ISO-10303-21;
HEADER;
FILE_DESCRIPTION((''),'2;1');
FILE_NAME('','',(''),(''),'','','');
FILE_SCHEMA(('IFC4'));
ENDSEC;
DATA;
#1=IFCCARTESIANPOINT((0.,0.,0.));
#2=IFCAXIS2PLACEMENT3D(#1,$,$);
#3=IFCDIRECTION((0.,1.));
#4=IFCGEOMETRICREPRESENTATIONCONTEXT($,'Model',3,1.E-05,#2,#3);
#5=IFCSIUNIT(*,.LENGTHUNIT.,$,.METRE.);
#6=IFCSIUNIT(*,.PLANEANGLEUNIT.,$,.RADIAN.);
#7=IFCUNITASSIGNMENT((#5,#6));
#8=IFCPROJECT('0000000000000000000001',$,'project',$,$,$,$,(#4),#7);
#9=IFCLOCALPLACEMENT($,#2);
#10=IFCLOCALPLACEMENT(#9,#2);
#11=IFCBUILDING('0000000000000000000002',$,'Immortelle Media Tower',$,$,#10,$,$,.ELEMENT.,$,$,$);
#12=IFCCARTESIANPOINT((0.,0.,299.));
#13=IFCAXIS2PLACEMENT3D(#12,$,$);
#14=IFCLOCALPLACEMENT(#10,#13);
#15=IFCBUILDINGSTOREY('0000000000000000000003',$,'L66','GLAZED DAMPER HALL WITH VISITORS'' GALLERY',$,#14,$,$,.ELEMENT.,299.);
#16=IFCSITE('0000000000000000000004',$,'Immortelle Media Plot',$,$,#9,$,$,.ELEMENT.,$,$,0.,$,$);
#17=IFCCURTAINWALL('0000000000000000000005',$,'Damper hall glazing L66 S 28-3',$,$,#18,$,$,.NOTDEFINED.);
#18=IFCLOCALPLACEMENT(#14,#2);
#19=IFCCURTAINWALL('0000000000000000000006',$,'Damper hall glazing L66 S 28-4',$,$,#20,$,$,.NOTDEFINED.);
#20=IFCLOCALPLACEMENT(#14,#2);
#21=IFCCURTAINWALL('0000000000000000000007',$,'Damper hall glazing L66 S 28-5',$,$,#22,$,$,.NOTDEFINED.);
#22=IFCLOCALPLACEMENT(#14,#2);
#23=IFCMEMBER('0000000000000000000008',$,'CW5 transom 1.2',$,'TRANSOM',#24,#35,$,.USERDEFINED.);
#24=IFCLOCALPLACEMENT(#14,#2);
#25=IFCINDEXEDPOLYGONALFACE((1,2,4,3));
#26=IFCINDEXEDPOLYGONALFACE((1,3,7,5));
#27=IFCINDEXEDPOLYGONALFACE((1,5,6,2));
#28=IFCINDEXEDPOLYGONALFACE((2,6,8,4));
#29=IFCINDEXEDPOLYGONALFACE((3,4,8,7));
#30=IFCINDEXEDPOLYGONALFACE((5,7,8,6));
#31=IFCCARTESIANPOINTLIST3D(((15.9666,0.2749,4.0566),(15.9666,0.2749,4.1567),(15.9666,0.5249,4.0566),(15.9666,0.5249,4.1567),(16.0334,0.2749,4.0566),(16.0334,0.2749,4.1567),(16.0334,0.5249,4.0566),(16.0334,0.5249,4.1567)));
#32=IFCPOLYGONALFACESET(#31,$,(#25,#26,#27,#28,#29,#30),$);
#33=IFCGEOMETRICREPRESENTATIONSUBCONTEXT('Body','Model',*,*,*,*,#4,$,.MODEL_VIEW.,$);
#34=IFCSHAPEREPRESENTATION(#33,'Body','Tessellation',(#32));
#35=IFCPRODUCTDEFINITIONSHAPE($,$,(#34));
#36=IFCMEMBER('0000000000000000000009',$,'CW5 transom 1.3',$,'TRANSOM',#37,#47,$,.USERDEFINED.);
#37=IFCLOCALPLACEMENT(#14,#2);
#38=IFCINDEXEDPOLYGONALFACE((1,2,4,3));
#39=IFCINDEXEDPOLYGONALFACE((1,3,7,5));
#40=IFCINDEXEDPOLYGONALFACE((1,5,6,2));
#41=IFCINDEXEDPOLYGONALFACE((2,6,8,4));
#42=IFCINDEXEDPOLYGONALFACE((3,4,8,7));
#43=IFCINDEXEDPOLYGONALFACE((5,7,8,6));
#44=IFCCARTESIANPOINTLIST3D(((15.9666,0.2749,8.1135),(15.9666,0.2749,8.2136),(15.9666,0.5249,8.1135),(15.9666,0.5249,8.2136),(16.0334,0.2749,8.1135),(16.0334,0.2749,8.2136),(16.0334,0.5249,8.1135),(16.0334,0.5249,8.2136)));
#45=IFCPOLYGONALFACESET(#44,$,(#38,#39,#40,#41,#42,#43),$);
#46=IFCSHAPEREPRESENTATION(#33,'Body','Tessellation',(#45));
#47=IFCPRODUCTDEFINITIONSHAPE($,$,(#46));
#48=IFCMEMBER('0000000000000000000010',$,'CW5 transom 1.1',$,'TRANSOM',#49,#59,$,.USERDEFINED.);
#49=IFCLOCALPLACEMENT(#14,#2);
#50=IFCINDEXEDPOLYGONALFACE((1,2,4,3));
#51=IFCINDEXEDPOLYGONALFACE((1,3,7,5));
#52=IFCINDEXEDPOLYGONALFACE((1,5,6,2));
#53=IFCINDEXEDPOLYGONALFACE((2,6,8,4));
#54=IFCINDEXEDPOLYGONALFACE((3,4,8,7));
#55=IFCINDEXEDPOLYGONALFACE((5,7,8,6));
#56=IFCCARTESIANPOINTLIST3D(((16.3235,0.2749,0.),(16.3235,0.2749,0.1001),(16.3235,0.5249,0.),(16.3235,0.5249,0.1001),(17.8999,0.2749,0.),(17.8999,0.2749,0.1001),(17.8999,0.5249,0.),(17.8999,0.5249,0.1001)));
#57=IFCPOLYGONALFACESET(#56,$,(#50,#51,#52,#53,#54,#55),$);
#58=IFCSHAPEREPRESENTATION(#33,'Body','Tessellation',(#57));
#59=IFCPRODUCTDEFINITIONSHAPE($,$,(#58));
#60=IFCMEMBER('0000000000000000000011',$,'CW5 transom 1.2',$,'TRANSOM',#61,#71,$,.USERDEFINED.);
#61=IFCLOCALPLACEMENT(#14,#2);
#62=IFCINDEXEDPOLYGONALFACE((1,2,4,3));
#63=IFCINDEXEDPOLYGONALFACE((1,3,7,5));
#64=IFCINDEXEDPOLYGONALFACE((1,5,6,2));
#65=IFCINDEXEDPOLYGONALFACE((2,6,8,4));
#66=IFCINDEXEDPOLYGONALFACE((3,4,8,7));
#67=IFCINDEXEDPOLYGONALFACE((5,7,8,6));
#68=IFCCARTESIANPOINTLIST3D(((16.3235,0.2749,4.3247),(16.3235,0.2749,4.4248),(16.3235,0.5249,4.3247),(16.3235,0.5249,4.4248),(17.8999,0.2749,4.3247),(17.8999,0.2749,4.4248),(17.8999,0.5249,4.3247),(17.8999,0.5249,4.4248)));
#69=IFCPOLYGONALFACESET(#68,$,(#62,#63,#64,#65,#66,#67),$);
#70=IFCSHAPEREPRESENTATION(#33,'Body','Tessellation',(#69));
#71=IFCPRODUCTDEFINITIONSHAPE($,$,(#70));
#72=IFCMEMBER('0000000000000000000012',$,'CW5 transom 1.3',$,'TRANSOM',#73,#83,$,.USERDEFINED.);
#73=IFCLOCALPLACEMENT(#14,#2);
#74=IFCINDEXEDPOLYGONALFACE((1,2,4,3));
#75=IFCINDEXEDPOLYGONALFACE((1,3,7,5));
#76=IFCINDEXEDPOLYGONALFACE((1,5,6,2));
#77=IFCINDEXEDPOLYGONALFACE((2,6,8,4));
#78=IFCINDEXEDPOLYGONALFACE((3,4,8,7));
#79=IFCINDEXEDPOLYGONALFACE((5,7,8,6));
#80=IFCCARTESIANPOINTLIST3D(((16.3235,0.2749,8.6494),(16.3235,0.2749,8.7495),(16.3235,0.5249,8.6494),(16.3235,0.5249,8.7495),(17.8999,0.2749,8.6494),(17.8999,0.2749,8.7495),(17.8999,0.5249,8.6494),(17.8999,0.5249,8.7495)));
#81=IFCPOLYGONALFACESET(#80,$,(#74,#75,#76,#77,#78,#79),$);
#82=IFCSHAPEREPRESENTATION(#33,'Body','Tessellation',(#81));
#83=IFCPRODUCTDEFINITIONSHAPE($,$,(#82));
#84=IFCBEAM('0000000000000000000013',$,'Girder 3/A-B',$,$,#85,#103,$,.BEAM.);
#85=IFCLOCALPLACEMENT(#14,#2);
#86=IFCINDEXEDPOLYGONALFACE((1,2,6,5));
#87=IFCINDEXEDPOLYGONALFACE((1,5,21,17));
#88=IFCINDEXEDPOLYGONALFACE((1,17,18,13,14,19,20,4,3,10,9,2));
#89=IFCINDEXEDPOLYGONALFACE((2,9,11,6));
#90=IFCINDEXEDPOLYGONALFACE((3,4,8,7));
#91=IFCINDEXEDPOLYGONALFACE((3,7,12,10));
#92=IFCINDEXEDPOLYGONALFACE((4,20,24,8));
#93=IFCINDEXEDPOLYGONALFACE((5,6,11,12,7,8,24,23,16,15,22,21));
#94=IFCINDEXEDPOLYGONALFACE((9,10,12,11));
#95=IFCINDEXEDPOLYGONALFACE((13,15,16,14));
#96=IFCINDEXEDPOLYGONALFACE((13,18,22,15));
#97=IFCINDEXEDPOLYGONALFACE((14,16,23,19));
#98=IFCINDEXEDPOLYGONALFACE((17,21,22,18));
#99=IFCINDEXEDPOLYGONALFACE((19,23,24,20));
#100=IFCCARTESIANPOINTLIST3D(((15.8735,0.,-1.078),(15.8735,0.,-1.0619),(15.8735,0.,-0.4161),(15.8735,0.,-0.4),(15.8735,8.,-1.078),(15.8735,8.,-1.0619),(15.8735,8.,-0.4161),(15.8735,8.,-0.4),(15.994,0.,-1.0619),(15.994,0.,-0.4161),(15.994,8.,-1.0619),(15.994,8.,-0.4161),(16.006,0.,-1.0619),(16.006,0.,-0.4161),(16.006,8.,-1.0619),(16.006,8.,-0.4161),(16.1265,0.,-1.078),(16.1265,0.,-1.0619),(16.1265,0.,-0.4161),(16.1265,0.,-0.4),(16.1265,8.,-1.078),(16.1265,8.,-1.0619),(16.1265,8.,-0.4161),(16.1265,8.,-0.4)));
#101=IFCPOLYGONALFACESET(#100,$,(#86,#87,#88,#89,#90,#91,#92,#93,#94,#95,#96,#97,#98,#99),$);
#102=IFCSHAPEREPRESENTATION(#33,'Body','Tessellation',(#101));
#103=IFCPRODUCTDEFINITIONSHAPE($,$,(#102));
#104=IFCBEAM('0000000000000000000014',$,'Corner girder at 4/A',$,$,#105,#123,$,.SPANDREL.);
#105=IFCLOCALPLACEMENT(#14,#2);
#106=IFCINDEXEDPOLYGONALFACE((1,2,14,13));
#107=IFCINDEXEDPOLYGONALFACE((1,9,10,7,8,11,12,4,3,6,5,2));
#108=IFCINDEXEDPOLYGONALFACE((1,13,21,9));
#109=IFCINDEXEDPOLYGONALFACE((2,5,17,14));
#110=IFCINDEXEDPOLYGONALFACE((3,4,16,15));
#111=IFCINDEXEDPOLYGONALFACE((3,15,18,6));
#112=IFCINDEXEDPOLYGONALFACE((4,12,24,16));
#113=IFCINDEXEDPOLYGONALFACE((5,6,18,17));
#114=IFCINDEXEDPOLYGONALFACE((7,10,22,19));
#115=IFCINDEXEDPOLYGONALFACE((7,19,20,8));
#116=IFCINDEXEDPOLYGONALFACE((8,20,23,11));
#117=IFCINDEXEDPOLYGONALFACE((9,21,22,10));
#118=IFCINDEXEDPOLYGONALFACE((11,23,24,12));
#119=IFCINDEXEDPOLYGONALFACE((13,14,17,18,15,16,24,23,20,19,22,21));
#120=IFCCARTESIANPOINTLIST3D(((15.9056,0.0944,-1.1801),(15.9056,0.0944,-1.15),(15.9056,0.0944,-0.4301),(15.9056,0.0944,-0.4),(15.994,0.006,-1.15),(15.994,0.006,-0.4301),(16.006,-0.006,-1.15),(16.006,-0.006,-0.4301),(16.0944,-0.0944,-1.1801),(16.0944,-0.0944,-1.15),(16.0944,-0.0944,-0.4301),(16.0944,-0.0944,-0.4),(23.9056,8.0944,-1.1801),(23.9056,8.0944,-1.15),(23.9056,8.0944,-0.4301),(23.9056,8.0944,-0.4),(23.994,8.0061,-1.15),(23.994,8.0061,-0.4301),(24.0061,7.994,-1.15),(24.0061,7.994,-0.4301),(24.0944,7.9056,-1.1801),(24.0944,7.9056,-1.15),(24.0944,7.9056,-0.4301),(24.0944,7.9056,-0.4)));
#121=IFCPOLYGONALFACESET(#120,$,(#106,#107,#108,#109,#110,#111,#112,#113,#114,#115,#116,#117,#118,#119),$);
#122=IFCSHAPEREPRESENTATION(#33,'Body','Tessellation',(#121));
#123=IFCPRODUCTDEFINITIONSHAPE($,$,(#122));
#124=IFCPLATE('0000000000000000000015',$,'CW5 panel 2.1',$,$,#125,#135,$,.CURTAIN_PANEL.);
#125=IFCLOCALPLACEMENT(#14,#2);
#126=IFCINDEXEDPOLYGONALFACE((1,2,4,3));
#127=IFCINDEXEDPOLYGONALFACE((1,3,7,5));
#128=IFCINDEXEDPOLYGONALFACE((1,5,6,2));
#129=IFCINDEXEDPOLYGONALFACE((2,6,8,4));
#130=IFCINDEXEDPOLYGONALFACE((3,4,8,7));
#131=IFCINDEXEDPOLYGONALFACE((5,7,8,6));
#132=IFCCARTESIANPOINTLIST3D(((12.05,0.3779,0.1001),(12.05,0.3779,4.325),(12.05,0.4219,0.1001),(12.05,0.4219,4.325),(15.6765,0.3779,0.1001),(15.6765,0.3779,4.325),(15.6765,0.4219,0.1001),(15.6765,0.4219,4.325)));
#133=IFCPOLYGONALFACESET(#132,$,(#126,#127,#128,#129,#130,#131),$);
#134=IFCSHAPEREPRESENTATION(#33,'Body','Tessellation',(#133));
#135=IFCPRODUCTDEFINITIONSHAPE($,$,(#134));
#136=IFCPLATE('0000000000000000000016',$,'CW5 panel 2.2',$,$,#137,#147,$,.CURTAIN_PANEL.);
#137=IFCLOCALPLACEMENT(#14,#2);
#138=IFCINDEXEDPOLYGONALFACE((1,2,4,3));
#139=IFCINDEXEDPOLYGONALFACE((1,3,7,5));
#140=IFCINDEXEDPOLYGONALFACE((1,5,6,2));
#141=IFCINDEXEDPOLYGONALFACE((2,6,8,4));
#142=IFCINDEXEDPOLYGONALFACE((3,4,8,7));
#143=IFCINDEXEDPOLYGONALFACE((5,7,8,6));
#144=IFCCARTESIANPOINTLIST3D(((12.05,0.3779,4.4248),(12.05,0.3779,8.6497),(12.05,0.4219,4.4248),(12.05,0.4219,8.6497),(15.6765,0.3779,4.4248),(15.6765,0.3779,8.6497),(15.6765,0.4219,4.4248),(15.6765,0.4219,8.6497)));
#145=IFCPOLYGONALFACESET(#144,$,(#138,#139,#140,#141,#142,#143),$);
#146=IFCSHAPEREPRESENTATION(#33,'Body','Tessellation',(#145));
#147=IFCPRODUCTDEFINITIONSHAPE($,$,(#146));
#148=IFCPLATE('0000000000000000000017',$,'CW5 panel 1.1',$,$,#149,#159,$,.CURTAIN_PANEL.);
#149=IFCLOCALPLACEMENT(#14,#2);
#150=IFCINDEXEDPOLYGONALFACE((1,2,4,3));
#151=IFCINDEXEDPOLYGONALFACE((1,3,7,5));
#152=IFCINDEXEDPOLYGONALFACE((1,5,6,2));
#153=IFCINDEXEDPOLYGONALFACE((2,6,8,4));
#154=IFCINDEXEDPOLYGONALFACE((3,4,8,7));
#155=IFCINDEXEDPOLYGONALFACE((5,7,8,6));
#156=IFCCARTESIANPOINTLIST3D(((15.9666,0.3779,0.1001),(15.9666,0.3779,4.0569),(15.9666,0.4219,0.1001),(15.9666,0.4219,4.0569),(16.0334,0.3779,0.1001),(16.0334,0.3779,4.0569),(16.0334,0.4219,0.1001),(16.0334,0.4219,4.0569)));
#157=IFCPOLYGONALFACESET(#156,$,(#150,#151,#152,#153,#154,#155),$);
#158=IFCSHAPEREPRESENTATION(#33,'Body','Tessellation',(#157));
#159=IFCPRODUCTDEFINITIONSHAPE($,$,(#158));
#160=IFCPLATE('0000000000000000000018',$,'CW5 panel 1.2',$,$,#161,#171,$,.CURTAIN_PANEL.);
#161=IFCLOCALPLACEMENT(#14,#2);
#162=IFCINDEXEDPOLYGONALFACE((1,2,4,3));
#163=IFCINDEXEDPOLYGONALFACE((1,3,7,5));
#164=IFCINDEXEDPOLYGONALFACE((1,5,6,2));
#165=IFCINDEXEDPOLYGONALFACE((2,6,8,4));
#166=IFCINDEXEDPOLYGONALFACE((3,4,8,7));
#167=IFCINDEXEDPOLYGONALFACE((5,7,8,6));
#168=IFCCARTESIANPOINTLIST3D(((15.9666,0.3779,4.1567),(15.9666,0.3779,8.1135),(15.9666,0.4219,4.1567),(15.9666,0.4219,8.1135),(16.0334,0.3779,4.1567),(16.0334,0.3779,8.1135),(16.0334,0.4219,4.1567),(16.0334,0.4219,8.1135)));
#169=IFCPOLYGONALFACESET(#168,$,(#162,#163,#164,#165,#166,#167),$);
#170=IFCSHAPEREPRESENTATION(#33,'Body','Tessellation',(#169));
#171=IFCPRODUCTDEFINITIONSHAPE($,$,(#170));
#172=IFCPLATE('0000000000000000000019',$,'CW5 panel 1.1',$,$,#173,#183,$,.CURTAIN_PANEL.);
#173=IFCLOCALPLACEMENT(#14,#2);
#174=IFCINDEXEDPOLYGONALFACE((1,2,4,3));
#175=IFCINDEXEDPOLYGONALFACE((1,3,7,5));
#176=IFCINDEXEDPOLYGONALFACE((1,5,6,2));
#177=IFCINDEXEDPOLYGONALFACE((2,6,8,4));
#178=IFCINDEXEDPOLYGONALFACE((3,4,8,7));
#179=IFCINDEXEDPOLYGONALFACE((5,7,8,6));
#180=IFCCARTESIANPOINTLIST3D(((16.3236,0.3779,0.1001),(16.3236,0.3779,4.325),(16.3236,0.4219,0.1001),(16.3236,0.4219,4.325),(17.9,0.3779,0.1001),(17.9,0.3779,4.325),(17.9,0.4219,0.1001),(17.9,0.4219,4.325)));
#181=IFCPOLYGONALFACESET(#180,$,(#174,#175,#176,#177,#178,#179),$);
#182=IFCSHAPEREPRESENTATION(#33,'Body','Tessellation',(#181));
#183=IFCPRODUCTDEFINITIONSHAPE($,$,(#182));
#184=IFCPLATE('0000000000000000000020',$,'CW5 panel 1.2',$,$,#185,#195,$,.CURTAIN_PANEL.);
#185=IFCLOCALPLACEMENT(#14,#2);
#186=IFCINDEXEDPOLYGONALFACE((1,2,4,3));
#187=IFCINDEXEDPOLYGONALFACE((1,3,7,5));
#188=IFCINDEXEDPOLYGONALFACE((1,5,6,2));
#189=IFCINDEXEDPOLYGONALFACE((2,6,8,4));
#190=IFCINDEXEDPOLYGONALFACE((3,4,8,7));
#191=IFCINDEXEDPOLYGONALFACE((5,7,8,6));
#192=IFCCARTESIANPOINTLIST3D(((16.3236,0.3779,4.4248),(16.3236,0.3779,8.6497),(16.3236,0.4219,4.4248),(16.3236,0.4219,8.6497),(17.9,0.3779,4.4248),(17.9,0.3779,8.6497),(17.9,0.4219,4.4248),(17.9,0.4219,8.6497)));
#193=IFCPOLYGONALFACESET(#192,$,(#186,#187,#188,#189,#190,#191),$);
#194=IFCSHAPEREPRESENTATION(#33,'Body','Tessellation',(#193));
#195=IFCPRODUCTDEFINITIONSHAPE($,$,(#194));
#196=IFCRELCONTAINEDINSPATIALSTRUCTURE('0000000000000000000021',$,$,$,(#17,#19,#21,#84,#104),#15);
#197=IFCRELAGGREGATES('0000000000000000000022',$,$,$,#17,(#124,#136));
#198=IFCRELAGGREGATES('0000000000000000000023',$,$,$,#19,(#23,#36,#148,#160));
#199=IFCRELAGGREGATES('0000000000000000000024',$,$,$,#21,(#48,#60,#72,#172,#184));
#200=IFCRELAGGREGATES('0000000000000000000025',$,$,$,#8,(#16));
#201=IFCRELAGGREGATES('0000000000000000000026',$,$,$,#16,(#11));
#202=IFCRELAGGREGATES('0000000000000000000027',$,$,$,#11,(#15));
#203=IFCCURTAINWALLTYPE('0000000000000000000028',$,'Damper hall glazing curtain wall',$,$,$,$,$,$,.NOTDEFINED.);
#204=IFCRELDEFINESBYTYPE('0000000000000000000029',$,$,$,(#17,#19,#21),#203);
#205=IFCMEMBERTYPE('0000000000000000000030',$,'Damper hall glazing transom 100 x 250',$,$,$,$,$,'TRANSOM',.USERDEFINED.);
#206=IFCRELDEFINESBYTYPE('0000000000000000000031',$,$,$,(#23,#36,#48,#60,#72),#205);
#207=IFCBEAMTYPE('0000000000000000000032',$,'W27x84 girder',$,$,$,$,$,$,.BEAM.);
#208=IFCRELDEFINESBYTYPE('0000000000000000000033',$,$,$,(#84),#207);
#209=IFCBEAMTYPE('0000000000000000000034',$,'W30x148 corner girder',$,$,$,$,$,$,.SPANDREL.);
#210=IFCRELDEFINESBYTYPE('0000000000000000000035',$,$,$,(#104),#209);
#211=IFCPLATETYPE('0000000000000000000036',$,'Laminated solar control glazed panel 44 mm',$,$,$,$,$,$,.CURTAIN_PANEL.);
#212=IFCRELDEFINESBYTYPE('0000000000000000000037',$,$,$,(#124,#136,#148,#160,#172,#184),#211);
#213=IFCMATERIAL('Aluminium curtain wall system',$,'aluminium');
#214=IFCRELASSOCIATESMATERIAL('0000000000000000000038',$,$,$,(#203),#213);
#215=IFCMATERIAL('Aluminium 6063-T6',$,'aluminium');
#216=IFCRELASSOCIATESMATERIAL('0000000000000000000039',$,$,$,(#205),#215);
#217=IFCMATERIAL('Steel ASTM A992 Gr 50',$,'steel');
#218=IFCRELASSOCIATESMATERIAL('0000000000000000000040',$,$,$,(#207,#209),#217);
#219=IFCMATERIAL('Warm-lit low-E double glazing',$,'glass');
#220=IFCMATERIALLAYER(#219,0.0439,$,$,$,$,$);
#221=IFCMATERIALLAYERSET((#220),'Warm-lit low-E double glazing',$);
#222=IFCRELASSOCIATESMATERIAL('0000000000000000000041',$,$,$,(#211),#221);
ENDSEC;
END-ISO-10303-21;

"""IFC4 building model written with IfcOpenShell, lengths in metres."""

from ifc_helpers import new_model, si_unit, direction, frame, origin, origin_2d, place, context, subcontext, project, spatial, rectangle, i_section, extrude, material, layer, layer_set, material_profile, profile_set, type_object, element, aggregate, save


model = new_model("IFC4")

# Units and contexts
model_context = context("Model", 3, precision=1e-05, world=origin(), true_north=direction((0.0, 1.0)))
body_context = subcontext(model_context, "Body", "Model", "MODEL_VIEW")
ifc_project = project(units=[si_unit("LENGTHUNIT", "METRE"), si_unit("PLANEANGLEUNIT", "RADIAN")], contexts=[model_context])

# Site, building, storey
site_placement = place(None, origin())
site = spatial("IfcSite", under=ifc_project, at=site_placement, Name="Immortelle Media Plot", CompositionType="ELEMENT", RefElevation=0.0)
building_placement = place(site_placement, origin())
building = spatial("IfcBuilding", under=site, at=building_placement, Name="Immortelle Media Tower", CompositionType="ELEMENT")
storey_placement = place(building_placement, frame((0.0, 0.0, 299.0)))
storey = spatial("IfcBuildingStorey", under=building, at=storey_placement, Name="L66", Description="GLAZED DAMPER HALL WITH VISITORS' GALLERY", CompositionType="ELEMENT", Elevation=299.0)

# Shared definitions
ifc_material_1 = material(Name="Steel ASTM A992 Gr 50", Category="steel")

# Shared definitions
ifc_material_2 = material(Name="Aluminium curtain wall system", Category="aluminium")
curtain_wall_type = type_object("IfcCurtainWallType", Name="Damper hall glazing curtain wall", PredefinedType="NOTDEFINED", material=ifc_material_2)
ifc_material_3 = material(Name="Aluminium 6063-T6", Category="aluminium")

# Curtain walls
curtain_wall_1_placement = place(storey_placement, origin())
curtain_wall_1 = element("IfcCurtainWall", 1, at=curtain_wall_1_placement, inside=storey, type_object=curtain_wall_type, Name="Damper hall glazing L66 S 28-3", PredefinedType="NOTDEFINED")
curtain_wall_2_placement = place(storey_placement, origin())
curtain_wall_2 = element("IfcCurtainWall", 2, at=curtain_wall_2_placement, inside=storey, type_object=curtain_wall_type, Name="Damper hall glazing L66 S 28-4", PredefinedType="NOTDEFINED")
curtain_wall_3_placement = place(storey_placement, origin())
curtain_wall_3 = element("IfcCurtainWall", 3, at=curtain_wall_3_placement, inside=storey, type_object=curtain_wall_type, Name="Damper hall glazing L66 S 28-5", PredefinedType="NOTDEFINED")

# Members
ifc_material_profile_1 = material_profile(ifc_material_3, rectangle(XDim=0.25, YDim=0.1001, at=origin_2d()), Name="AL 100x250")
ifc_profile_set_1 = profile_set([ifc_material_profile_1], Name="Aluminium 6063-T6")
member_type_1 = type_object("IfcMemberType", Name="Damper hall glazing transom 100 x 250", ElementType="TRANSOM", PredefinedType="USERDEFINED", material=ifc_profile_set_1)
member_1_placement = place(storey_placement, frame((15.9666, 0.3999, 4.1067), z_axis=(1.0, 0.0, 0.0), x_axis=(0.0, 1.0, 0.0)))
member_1 = element("IfcMember", 4, at=member_1_placement, type_object=member_type_1, Name="CW5 transom 1.2", ObjectType="TRANSOM", PredefinedType="USERDEFINED", context=body_context, shape_type="SweptSolid", body=[
    extrude(rectangle(XDim=0.25, YDim=0.1001, at=origin_2d()), origin(), (0.0, 0.0, 1.0), 0.0669),
])
member_2_placement = place(storey_placement, frame((15.9666, 0.3999, 8.1636), z_axis=(1.0, 0.0, 0.0), x_axis=(0.0, 1.0, 0.0)))
member_2 = element("IfcMember", 5, at=member_2_placement, type_object=member_type_1, Name="CW5 transom 1.3", ObjectType="TRANSOM", PredefinedType="USERDEFINED", context=body_context, shape_type="SweptSolid", body=[
    extrude(rectangle(XDim=0.25, YDim=0.1001, at=origin_2d()), origin(), (0.0, 0.0, 1.0), 0.0669),
])
member_3_placement = place(storey_placement, frame((16.3235, 0.3999, 0.05), z_axis=(1.0, 0.0, 0.0), x_axis=(0.0, 1.0, 0.0)))
member_3 = element("IfcMember", 6, at=member_3_placement, type_object=member_type_1, Name="CW5 transom 1.1", ObjectType="TRANSOM", PredefinedType="USERDEFINED", context=body_context, shape_type="SweptSolid", body=[
    extrude(rectangle(XDim=0.25, YDim=0.1001, at=origin_2d()), origin(), (0.0, 0.0, 1.0), 1.5764),
])
member_4_placement = place(storey_placement, frame((16.3235, 0.3999, 4.3748), z_axis=(1.0, 0.0, 0.0), x_axis=(0.0, 1.0, 0.0)))
member_4 = element("IfcMember", 7, at=member_4_placement, type_object=member_type_1, Name="CW5 transom 1.2", ObjectType="TRANSOM", PredefinedType="USERDEFINED", context=body_context, shape_type="SweptSolid", body=[
    extrude(rectangle(XDim=0.25, YDim=0.1001, at=origin_2d()), origin(), (0.0, 0.0, 1.0), 1.5764),
])
member_5_placement = place(storey_placement, frame((16.3235, 0.3999, 8.6995), z_axis=(1.0, 0.0, 0.0), x_axis=(0.0, 1.0, 0.0)))
member_5 = element("IfcMember", 8, at=member_5_placement, type_object=member_type_1, Name="CW5 transom 1.3", ObjectType="TRANSOM", PredefinedType="USERDEFINED", context=body_context, shape_type="SweptSolid", body=[
    extrude(rectangle(XDim=0.25, YDim=0.1001, at=origin_2d()), origin(), (0.0, 0.0, 1.0), 1.5764),
])

# Beams
ifc_material_profile_2 = material_profile(ifc_material_1, i_section(OverallWidth=0.2529, OverallDepth=0.678, WebThickness=0.012, FlangeThickness=0.0161, at=origin_2d()), Name="W27x84")
ifc_profile_set_2 = profile_set([ifc_material_profile_2], Name="Steel ASTM A992 Gr 50")
beam_type_1 = type_object("IfcBeamType", Name="W27x84 girder", PredefinedType="BEAM", material=ifc_profile_set_2)
beam_1_placement = place(storey_placement, frame((16.0, 0.0, -0.739), z_axis=(0.0, 1.0, 0.0), x_axis=(-1.0, 0.0, 0.0)))
element("IfcBeam", 9, at=beam_1_placement, inside=storey, type_object=beam_type_1, Name="Girder 3/A-B", PredefinedType="BEAM", context=body_context, shape_type="SweptSolid", body=[
    extrude(i_section(OverallWidth=0.2529, OverallDepth=0.678, WebThickness=0.012, FlangeThickness=0.0161, at=origin_2d()), origin(), (0.0, 0.0, 1.0), 8.0),
])
ifc_material_profile_3 = material_profile(ifc_material_1, i_section(OverallWidth=0.2671, OverallDepth=0.78, WebThickness=0.0171, FlangeThickness=0.03, at=origin_2d()), Name="W30x148")
ifc_profile_set_3 = profile_set([ifc_material_profile_3], Name="Steel ASTM A992 Gr 50")
beam_type_2 = type_object("IfcBeamType", Name="W30x148 corner girder", PredefinedType="SPANDREL", material=ifc_profile_set_3)
beam_2_placement = place(storey_placement, frame((16.0, 0.0, -0.79), z_axis=(0.707107, 0.707107, 0.0), x_axis=(-0.707107, 0.707107, 0.0)))
element("IfcBeam", 10, at=beam_2_placement, inside=storey, type_object=beam_type_2, Name="Corner girder at 4/A", PredefinedType="SPANDREL", context=body_context, shape_type="SweptSolid", body=[
    extrude(i_section(OverallWidth=0.2671, OverallDepth=0.78, WebThickness=0.0171, FlangeThickness=0.03, at=origin_2d()), origin(), (0.0, 0.0, 1.0), 11.3137),
])

# Plates
ifc_material_4 = material(Name="Warm-lit low-E double glazing", Category="glass")
ifc_layer_1 = layer(ifc_material_4, 0.0439)
ifc_layer_set_1 = layer_set([ifc_layer_1], Name="Warm-lit low-E double glazing")
plate_type = type_object("IfcPlateType", Name="Laminated solar control glazed panel 44 mm", PredefinedType="CURTAIN_PANEL", material=ifc_layer_set_1)
plate_1_placement = place(storey_placement, frame((13.8633, 0.3999, 0.1001), z_axis=(0.0, 0.0, 1.0), x_axis=(1.0, 0.0, 0.0)))
plate_1 = element("IfcPlate", 11, at=plate_1_placement, type_object=plate_type, Name="CW5 panel 2.1", PredefinedType="CURTAIN_PANEL", context=body_context, shape_type="SweptSolid", body=[
    extrude(rectangle(XDim=3.6265, YDim=0.0439, at=origin_2d()), origin(), (0.0, 0.0, 1.0), 4.2249),
])
plate_2_placement = place(storey_placement, frame((13.8633, 0.3999, 4.4248), z_axis=(0.0, 0.0, 1.0), x_axis=(1.0, 0.0, 0.0)))
plate_2 = element("IfcPlate", 12, at=plate_2_placement, type_object=plate_type, Name="CW5 panel 2.2", PredefinedType="CURTAIN_PANEL", context=body_context, shape_type="SweptSolid", body=[
    extrude(rectangle(XDim=3.6265, YDim=0.0439, at=origin_2d()), origin(), (0.0, 0.0, 1.0), 4.2249),
])
aggregate(curtain_wall_1, [plate_1, plate_2])
plate_3_placement = place(storey_placement, frame((16.0, 0.3999, 0.1001), z_axis=(0.0, 0.0, 1.0), x_axis=(1.0, 0.0, 0.0)))
plate_3 = element("IfcPlate", 13, at=plate_3_placement, type_object=plate_type, Name="CW5 panel 1.1", PredefinedType="CURTAIN_PANEL", context=body_context, shape_type="SweptSolid", body=[
    extrude(rectangle(XDim=0.0669, YDim=0.0439, at=origin_2d()), origin(), (0.0, 0.0, 1.0), 3.9568),
])
plate_4_placement = place(storey_placement, frame((16.0, 0.3999, 4.1567), z_axis=(0.0, 0.0, 1.0), x_axis=(1.0, 0.0, 0.0)))
plate_4 = element("IfcPlate", 14, at=plate_4_placement, type_object=plate_type, Name="CW5 panel 1.2", PredefinedType="CURTAIN_PANEL", context=body_context, shape_type="SweptSolid", body=[
    extrude(rectangle(XDim=0.0669, YDim=0.0439, at=origin_2d()), origin(), (0.0, 0.0, 1.0), 3.9568),
])
aggregate(curtain_wall_2, [member_1, member_2, plate_3, plate_4])
plate_5_placement = place(storey_placement, frame((17.1118, 0.3999, 0.1001), z_axis=(0.0, 0.0, 1.0), x_axis=(1.0, 0.0, 0.0)))
plate_5 = element("IfcPlate", 15, at=plate_5_placement, type_object=plate_type, Name="CW5 panel 1.1", PredefinedType="CURTAIN_PANEL", context=body_context, shape_type="SweptSolid", body=[
    extrude(rectangle(XDim=1.5764, YDim=0.0439, at=origin_2d()), origin(), (0.0, 0.0, 1.0), 4.2249),
])
plate_6_placement = place(storey_placement, frame((17.1118, 0.3999, 4.4248), z_axis=(0.0, 0.0, 1.0), x_axis=(1.0, 0.0, 0.0)))
plate_6 = element("IfcPlate", 16, at=plate_6_placement, type_object=plate_type, Name="CW5 panel 1.2", PredefinedType="CURTAIN_PANEL", context=body_context, shape_type="SweptSolid", body=[
    extrude(rectangle(XDim=1.5764, YDim=0.0439, at=origin_2d()), origin(), (0.0, 0.0, 1.0), 4.2249),
])
aggregate(curtain_wall_3, [member_3, member_4, member_5, plate_5, plate_6])

save(model, "model.ifc")
